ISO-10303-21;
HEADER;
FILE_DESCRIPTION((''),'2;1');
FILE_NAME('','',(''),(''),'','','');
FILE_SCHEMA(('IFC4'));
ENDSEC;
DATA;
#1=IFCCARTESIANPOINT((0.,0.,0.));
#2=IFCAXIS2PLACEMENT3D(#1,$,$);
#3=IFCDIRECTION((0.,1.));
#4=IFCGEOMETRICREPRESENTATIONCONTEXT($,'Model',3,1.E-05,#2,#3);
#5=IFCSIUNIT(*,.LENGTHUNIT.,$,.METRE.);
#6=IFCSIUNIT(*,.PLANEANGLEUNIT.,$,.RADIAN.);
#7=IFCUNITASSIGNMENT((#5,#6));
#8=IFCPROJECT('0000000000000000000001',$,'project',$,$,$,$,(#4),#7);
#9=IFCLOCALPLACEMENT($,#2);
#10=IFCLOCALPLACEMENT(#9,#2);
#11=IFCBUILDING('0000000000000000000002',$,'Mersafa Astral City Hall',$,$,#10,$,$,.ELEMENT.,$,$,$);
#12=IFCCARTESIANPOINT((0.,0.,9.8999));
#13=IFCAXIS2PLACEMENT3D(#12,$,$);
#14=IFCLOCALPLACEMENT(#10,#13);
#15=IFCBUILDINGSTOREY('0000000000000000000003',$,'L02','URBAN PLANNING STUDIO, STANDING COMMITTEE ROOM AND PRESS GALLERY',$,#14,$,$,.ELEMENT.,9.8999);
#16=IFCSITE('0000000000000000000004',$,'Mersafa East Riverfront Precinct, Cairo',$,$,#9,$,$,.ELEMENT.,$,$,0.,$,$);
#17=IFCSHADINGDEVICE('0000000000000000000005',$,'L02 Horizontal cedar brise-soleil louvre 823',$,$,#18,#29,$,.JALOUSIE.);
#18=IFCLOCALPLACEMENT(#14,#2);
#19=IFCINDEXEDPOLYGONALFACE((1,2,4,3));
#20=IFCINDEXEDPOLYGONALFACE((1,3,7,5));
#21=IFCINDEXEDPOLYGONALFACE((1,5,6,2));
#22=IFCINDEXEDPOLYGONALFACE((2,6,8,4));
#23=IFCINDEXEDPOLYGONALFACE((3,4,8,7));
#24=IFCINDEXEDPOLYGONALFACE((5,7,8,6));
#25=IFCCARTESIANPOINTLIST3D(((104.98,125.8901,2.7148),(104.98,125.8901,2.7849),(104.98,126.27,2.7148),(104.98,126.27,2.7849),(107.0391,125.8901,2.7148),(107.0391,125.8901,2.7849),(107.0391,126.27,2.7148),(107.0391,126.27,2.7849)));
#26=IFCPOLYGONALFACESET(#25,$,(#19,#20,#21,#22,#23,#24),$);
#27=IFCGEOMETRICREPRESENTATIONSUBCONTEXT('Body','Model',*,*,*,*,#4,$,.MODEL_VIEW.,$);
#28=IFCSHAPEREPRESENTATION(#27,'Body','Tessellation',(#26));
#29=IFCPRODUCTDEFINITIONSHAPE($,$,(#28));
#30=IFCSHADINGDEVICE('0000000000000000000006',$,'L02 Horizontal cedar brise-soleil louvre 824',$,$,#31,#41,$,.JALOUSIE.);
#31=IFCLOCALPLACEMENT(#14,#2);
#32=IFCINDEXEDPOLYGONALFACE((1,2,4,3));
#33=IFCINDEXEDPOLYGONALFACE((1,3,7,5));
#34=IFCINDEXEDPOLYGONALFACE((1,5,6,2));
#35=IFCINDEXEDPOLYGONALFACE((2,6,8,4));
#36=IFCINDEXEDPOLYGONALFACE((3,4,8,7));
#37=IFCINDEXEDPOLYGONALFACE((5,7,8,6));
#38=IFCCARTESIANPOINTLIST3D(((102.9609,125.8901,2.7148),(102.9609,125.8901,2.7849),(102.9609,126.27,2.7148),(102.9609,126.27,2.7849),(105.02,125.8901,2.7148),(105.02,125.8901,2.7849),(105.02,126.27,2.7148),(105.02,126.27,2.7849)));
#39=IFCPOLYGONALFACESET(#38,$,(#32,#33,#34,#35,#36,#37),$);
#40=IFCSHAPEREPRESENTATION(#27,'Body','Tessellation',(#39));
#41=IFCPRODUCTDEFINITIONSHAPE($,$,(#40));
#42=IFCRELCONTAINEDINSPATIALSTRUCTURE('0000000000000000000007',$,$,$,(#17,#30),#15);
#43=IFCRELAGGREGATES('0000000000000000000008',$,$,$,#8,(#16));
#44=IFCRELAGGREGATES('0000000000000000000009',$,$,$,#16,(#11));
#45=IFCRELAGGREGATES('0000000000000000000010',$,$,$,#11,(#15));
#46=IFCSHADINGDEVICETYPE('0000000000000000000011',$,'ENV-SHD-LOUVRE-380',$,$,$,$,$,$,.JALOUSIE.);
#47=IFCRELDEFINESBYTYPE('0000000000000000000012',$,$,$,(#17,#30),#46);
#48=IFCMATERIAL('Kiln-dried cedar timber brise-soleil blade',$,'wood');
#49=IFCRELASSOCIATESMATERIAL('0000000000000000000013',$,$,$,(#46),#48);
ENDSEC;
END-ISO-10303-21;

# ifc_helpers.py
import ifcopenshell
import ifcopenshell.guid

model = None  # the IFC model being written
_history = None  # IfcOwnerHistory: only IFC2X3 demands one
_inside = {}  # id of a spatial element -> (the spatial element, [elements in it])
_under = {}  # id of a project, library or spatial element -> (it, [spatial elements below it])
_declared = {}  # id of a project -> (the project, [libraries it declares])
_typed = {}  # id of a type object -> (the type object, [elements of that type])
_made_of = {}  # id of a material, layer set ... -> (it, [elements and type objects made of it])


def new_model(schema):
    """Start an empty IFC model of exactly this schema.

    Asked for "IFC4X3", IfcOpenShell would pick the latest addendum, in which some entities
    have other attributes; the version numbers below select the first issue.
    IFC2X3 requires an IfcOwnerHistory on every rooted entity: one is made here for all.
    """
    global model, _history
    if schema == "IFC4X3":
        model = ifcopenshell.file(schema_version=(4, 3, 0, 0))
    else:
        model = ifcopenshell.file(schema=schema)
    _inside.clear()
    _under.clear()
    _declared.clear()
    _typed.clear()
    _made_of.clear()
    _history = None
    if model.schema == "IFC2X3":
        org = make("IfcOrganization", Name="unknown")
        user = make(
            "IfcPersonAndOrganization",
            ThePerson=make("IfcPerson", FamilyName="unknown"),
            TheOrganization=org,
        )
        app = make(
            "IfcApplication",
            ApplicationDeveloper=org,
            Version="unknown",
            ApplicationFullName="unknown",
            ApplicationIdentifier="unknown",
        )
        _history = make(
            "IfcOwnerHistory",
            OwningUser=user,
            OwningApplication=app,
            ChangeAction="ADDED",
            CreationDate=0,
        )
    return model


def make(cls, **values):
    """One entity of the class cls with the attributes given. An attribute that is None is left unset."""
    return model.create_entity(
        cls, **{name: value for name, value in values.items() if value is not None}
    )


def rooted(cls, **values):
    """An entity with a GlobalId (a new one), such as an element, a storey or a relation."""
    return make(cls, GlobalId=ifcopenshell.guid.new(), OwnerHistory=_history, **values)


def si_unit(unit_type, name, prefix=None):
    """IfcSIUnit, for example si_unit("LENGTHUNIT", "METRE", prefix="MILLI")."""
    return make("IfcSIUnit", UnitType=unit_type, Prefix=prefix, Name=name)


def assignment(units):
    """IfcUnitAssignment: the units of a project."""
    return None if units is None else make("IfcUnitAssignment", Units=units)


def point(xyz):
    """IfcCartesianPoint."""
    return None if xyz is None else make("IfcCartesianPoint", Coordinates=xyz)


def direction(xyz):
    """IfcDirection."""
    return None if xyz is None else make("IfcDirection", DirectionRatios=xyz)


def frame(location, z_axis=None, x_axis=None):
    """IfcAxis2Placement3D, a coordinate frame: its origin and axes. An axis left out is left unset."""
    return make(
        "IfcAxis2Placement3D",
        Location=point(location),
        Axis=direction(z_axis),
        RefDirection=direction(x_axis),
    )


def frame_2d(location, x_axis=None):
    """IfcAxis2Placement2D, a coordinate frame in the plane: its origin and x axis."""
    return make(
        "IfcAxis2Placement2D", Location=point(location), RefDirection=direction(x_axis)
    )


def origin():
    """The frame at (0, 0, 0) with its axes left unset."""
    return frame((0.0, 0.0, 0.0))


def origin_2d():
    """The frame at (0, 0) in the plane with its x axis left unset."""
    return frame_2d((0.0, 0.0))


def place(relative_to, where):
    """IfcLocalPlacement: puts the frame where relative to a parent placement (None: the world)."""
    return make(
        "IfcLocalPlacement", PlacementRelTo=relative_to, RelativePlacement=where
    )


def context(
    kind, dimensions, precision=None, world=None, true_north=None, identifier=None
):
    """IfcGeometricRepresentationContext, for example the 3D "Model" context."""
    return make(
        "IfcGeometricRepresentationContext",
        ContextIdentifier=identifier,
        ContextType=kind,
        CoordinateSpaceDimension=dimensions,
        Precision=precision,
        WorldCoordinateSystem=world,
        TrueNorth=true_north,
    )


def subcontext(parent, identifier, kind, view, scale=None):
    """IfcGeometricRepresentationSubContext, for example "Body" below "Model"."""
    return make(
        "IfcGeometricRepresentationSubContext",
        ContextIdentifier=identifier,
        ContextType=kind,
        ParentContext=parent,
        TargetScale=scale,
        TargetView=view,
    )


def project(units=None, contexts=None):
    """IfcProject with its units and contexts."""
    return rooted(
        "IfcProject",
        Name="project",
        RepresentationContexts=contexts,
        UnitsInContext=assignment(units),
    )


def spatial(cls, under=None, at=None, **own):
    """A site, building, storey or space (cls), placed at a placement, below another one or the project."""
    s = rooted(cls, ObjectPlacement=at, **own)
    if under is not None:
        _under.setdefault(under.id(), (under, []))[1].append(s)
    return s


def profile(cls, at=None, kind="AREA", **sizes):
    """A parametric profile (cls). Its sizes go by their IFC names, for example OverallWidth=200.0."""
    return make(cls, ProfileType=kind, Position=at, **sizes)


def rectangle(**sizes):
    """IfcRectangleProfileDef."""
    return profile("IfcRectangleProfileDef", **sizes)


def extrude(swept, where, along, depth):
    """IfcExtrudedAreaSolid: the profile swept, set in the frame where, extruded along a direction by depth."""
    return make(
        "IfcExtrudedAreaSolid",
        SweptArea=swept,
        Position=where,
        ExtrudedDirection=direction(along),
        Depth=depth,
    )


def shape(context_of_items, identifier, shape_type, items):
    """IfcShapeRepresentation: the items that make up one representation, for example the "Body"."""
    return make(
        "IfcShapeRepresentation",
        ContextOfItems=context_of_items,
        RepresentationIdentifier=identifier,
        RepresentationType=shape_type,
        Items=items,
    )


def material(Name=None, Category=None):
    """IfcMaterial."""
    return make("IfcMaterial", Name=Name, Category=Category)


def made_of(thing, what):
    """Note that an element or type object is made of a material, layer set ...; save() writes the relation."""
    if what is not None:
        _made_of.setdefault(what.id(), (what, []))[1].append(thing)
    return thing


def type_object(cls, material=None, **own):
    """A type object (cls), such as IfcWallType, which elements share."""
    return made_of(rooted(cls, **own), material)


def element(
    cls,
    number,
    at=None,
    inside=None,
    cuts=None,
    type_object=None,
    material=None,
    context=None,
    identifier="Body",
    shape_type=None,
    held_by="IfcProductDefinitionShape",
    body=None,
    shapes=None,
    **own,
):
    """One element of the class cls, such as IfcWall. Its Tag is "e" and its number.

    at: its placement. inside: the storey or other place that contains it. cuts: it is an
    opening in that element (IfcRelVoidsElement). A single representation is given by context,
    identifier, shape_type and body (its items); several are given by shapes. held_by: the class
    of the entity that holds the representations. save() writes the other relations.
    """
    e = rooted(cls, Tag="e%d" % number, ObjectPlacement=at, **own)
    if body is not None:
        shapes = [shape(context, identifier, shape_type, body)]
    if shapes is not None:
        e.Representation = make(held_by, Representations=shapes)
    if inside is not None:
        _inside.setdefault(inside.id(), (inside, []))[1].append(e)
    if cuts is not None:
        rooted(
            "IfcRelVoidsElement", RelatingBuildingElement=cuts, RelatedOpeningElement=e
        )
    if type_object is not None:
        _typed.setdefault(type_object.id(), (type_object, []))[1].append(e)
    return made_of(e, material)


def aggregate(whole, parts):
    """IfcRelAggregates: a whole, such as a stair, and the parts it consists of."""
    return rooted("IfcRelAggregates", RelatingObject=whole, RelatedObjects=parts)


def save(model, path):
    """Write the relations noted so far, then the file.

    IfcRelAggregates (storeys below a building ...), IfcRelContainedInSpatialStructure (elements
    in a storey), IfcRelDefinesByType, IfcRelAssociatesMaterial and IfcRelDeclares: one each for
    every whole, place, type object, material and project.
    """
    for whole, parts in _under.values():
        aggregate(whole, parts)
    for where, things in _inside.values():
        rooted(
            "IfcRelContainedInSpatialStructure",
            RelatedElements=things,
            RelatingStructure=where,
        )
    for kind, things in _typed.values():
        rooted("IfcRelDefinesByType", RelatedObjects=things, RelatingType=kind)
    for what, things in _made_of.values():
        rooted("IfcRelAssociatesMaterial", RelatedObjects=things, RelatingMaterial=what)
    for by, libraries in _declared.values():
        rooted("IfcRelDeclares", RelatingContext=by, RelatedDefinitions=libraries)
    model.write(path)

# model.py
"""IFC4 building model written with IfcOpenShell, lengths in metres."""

from ifc_helpers import new_model, si_unit, direction, frame, origin, origin_2d, place, context, subcontext, project, spatial, rectangle, extrude, material, type_object, element, save


model = new_model("IFC4")

# Units and contexts
model_context = context("Model", 3, precision=1e-05, world=origin(), true_north=direction((0.0, 1.0)))
body_context = subcontext(model_context, "Body", "Model", "MODEL_VIEW")
ifc_project = project(units=[si_unit("LENGTHUNIT", "METRE"), si_unit("PLANEANGLEUNIT", "RADIAN")], contexts=[model_context])

# Site, building, storey
site_placement = place(None, origin())
site = spatial("IfcSite", under=ifc_project, at=site_placement, Name="Mersafa East Riverfront Precinct, Cairo", CompositionType="ELEMENT", RefElevation=0.0)
building_placement = place(site_placement, origin())
building = spatial("IfcBuilding", under=site, at=building_placement, Name="Mersafa Astral City Hall", CompositionType="ELEMENT")
storey_placement = place(building_placement, frame((0.0, 0.0, 9.8999)))
storey = spatial("IfcBuildingStorey", under=building, at=storey_placement, Name="L02", Description="URBAN PLANNING STUDIO, STANDING COMMITTEE ROOM AND PRESS GALLERY", CompositionType="ELEMENT", Elevation=9.8999)

# Shading devices
ifc_material_1 = material(Name="Kiln-dried cedar timber brise-soleil blade", Category="wood")
shading_device_type = type_object("IfcShadingDeviceType", Name="ENV-SHD-LOUVRE-380", PredefinedType="JALOUSIE", material=ifc_material_1)
for number, where, z_axis, x_axis, name in (
    (1, (106.0095, 126.0801, 2.7148), (0.0, 0.0, 1.0), (-1.0, 0.0, 0.0), "L02 Horizontal cedar brise-soleil louvre 823"),
    (2, (103.9905, 126.0801, 2.7148), (0.0, 0.0, 1.0), (-1.0, 0.0, 0.0), "L02 Horizontal cedar brise-soleil louvre 824"),
):
    element("IfcShadingDevice", number, at=place(storey_placement, frame(where, z_axis=z_axis, x_axis=x_axis)), inside=storey, type_object=shading_device_type, Name=name, PredefinedType="JALOUSIE", context=body_context, shape_type="SweptSolid", body=[
        extrude(rectangle(XDim=2.0591, YDim=0.3799, at=origin_2d()), origin(), (0.0, 0.0, 1.0), 0.0701),
    ])

save(model, "model.ifc")
